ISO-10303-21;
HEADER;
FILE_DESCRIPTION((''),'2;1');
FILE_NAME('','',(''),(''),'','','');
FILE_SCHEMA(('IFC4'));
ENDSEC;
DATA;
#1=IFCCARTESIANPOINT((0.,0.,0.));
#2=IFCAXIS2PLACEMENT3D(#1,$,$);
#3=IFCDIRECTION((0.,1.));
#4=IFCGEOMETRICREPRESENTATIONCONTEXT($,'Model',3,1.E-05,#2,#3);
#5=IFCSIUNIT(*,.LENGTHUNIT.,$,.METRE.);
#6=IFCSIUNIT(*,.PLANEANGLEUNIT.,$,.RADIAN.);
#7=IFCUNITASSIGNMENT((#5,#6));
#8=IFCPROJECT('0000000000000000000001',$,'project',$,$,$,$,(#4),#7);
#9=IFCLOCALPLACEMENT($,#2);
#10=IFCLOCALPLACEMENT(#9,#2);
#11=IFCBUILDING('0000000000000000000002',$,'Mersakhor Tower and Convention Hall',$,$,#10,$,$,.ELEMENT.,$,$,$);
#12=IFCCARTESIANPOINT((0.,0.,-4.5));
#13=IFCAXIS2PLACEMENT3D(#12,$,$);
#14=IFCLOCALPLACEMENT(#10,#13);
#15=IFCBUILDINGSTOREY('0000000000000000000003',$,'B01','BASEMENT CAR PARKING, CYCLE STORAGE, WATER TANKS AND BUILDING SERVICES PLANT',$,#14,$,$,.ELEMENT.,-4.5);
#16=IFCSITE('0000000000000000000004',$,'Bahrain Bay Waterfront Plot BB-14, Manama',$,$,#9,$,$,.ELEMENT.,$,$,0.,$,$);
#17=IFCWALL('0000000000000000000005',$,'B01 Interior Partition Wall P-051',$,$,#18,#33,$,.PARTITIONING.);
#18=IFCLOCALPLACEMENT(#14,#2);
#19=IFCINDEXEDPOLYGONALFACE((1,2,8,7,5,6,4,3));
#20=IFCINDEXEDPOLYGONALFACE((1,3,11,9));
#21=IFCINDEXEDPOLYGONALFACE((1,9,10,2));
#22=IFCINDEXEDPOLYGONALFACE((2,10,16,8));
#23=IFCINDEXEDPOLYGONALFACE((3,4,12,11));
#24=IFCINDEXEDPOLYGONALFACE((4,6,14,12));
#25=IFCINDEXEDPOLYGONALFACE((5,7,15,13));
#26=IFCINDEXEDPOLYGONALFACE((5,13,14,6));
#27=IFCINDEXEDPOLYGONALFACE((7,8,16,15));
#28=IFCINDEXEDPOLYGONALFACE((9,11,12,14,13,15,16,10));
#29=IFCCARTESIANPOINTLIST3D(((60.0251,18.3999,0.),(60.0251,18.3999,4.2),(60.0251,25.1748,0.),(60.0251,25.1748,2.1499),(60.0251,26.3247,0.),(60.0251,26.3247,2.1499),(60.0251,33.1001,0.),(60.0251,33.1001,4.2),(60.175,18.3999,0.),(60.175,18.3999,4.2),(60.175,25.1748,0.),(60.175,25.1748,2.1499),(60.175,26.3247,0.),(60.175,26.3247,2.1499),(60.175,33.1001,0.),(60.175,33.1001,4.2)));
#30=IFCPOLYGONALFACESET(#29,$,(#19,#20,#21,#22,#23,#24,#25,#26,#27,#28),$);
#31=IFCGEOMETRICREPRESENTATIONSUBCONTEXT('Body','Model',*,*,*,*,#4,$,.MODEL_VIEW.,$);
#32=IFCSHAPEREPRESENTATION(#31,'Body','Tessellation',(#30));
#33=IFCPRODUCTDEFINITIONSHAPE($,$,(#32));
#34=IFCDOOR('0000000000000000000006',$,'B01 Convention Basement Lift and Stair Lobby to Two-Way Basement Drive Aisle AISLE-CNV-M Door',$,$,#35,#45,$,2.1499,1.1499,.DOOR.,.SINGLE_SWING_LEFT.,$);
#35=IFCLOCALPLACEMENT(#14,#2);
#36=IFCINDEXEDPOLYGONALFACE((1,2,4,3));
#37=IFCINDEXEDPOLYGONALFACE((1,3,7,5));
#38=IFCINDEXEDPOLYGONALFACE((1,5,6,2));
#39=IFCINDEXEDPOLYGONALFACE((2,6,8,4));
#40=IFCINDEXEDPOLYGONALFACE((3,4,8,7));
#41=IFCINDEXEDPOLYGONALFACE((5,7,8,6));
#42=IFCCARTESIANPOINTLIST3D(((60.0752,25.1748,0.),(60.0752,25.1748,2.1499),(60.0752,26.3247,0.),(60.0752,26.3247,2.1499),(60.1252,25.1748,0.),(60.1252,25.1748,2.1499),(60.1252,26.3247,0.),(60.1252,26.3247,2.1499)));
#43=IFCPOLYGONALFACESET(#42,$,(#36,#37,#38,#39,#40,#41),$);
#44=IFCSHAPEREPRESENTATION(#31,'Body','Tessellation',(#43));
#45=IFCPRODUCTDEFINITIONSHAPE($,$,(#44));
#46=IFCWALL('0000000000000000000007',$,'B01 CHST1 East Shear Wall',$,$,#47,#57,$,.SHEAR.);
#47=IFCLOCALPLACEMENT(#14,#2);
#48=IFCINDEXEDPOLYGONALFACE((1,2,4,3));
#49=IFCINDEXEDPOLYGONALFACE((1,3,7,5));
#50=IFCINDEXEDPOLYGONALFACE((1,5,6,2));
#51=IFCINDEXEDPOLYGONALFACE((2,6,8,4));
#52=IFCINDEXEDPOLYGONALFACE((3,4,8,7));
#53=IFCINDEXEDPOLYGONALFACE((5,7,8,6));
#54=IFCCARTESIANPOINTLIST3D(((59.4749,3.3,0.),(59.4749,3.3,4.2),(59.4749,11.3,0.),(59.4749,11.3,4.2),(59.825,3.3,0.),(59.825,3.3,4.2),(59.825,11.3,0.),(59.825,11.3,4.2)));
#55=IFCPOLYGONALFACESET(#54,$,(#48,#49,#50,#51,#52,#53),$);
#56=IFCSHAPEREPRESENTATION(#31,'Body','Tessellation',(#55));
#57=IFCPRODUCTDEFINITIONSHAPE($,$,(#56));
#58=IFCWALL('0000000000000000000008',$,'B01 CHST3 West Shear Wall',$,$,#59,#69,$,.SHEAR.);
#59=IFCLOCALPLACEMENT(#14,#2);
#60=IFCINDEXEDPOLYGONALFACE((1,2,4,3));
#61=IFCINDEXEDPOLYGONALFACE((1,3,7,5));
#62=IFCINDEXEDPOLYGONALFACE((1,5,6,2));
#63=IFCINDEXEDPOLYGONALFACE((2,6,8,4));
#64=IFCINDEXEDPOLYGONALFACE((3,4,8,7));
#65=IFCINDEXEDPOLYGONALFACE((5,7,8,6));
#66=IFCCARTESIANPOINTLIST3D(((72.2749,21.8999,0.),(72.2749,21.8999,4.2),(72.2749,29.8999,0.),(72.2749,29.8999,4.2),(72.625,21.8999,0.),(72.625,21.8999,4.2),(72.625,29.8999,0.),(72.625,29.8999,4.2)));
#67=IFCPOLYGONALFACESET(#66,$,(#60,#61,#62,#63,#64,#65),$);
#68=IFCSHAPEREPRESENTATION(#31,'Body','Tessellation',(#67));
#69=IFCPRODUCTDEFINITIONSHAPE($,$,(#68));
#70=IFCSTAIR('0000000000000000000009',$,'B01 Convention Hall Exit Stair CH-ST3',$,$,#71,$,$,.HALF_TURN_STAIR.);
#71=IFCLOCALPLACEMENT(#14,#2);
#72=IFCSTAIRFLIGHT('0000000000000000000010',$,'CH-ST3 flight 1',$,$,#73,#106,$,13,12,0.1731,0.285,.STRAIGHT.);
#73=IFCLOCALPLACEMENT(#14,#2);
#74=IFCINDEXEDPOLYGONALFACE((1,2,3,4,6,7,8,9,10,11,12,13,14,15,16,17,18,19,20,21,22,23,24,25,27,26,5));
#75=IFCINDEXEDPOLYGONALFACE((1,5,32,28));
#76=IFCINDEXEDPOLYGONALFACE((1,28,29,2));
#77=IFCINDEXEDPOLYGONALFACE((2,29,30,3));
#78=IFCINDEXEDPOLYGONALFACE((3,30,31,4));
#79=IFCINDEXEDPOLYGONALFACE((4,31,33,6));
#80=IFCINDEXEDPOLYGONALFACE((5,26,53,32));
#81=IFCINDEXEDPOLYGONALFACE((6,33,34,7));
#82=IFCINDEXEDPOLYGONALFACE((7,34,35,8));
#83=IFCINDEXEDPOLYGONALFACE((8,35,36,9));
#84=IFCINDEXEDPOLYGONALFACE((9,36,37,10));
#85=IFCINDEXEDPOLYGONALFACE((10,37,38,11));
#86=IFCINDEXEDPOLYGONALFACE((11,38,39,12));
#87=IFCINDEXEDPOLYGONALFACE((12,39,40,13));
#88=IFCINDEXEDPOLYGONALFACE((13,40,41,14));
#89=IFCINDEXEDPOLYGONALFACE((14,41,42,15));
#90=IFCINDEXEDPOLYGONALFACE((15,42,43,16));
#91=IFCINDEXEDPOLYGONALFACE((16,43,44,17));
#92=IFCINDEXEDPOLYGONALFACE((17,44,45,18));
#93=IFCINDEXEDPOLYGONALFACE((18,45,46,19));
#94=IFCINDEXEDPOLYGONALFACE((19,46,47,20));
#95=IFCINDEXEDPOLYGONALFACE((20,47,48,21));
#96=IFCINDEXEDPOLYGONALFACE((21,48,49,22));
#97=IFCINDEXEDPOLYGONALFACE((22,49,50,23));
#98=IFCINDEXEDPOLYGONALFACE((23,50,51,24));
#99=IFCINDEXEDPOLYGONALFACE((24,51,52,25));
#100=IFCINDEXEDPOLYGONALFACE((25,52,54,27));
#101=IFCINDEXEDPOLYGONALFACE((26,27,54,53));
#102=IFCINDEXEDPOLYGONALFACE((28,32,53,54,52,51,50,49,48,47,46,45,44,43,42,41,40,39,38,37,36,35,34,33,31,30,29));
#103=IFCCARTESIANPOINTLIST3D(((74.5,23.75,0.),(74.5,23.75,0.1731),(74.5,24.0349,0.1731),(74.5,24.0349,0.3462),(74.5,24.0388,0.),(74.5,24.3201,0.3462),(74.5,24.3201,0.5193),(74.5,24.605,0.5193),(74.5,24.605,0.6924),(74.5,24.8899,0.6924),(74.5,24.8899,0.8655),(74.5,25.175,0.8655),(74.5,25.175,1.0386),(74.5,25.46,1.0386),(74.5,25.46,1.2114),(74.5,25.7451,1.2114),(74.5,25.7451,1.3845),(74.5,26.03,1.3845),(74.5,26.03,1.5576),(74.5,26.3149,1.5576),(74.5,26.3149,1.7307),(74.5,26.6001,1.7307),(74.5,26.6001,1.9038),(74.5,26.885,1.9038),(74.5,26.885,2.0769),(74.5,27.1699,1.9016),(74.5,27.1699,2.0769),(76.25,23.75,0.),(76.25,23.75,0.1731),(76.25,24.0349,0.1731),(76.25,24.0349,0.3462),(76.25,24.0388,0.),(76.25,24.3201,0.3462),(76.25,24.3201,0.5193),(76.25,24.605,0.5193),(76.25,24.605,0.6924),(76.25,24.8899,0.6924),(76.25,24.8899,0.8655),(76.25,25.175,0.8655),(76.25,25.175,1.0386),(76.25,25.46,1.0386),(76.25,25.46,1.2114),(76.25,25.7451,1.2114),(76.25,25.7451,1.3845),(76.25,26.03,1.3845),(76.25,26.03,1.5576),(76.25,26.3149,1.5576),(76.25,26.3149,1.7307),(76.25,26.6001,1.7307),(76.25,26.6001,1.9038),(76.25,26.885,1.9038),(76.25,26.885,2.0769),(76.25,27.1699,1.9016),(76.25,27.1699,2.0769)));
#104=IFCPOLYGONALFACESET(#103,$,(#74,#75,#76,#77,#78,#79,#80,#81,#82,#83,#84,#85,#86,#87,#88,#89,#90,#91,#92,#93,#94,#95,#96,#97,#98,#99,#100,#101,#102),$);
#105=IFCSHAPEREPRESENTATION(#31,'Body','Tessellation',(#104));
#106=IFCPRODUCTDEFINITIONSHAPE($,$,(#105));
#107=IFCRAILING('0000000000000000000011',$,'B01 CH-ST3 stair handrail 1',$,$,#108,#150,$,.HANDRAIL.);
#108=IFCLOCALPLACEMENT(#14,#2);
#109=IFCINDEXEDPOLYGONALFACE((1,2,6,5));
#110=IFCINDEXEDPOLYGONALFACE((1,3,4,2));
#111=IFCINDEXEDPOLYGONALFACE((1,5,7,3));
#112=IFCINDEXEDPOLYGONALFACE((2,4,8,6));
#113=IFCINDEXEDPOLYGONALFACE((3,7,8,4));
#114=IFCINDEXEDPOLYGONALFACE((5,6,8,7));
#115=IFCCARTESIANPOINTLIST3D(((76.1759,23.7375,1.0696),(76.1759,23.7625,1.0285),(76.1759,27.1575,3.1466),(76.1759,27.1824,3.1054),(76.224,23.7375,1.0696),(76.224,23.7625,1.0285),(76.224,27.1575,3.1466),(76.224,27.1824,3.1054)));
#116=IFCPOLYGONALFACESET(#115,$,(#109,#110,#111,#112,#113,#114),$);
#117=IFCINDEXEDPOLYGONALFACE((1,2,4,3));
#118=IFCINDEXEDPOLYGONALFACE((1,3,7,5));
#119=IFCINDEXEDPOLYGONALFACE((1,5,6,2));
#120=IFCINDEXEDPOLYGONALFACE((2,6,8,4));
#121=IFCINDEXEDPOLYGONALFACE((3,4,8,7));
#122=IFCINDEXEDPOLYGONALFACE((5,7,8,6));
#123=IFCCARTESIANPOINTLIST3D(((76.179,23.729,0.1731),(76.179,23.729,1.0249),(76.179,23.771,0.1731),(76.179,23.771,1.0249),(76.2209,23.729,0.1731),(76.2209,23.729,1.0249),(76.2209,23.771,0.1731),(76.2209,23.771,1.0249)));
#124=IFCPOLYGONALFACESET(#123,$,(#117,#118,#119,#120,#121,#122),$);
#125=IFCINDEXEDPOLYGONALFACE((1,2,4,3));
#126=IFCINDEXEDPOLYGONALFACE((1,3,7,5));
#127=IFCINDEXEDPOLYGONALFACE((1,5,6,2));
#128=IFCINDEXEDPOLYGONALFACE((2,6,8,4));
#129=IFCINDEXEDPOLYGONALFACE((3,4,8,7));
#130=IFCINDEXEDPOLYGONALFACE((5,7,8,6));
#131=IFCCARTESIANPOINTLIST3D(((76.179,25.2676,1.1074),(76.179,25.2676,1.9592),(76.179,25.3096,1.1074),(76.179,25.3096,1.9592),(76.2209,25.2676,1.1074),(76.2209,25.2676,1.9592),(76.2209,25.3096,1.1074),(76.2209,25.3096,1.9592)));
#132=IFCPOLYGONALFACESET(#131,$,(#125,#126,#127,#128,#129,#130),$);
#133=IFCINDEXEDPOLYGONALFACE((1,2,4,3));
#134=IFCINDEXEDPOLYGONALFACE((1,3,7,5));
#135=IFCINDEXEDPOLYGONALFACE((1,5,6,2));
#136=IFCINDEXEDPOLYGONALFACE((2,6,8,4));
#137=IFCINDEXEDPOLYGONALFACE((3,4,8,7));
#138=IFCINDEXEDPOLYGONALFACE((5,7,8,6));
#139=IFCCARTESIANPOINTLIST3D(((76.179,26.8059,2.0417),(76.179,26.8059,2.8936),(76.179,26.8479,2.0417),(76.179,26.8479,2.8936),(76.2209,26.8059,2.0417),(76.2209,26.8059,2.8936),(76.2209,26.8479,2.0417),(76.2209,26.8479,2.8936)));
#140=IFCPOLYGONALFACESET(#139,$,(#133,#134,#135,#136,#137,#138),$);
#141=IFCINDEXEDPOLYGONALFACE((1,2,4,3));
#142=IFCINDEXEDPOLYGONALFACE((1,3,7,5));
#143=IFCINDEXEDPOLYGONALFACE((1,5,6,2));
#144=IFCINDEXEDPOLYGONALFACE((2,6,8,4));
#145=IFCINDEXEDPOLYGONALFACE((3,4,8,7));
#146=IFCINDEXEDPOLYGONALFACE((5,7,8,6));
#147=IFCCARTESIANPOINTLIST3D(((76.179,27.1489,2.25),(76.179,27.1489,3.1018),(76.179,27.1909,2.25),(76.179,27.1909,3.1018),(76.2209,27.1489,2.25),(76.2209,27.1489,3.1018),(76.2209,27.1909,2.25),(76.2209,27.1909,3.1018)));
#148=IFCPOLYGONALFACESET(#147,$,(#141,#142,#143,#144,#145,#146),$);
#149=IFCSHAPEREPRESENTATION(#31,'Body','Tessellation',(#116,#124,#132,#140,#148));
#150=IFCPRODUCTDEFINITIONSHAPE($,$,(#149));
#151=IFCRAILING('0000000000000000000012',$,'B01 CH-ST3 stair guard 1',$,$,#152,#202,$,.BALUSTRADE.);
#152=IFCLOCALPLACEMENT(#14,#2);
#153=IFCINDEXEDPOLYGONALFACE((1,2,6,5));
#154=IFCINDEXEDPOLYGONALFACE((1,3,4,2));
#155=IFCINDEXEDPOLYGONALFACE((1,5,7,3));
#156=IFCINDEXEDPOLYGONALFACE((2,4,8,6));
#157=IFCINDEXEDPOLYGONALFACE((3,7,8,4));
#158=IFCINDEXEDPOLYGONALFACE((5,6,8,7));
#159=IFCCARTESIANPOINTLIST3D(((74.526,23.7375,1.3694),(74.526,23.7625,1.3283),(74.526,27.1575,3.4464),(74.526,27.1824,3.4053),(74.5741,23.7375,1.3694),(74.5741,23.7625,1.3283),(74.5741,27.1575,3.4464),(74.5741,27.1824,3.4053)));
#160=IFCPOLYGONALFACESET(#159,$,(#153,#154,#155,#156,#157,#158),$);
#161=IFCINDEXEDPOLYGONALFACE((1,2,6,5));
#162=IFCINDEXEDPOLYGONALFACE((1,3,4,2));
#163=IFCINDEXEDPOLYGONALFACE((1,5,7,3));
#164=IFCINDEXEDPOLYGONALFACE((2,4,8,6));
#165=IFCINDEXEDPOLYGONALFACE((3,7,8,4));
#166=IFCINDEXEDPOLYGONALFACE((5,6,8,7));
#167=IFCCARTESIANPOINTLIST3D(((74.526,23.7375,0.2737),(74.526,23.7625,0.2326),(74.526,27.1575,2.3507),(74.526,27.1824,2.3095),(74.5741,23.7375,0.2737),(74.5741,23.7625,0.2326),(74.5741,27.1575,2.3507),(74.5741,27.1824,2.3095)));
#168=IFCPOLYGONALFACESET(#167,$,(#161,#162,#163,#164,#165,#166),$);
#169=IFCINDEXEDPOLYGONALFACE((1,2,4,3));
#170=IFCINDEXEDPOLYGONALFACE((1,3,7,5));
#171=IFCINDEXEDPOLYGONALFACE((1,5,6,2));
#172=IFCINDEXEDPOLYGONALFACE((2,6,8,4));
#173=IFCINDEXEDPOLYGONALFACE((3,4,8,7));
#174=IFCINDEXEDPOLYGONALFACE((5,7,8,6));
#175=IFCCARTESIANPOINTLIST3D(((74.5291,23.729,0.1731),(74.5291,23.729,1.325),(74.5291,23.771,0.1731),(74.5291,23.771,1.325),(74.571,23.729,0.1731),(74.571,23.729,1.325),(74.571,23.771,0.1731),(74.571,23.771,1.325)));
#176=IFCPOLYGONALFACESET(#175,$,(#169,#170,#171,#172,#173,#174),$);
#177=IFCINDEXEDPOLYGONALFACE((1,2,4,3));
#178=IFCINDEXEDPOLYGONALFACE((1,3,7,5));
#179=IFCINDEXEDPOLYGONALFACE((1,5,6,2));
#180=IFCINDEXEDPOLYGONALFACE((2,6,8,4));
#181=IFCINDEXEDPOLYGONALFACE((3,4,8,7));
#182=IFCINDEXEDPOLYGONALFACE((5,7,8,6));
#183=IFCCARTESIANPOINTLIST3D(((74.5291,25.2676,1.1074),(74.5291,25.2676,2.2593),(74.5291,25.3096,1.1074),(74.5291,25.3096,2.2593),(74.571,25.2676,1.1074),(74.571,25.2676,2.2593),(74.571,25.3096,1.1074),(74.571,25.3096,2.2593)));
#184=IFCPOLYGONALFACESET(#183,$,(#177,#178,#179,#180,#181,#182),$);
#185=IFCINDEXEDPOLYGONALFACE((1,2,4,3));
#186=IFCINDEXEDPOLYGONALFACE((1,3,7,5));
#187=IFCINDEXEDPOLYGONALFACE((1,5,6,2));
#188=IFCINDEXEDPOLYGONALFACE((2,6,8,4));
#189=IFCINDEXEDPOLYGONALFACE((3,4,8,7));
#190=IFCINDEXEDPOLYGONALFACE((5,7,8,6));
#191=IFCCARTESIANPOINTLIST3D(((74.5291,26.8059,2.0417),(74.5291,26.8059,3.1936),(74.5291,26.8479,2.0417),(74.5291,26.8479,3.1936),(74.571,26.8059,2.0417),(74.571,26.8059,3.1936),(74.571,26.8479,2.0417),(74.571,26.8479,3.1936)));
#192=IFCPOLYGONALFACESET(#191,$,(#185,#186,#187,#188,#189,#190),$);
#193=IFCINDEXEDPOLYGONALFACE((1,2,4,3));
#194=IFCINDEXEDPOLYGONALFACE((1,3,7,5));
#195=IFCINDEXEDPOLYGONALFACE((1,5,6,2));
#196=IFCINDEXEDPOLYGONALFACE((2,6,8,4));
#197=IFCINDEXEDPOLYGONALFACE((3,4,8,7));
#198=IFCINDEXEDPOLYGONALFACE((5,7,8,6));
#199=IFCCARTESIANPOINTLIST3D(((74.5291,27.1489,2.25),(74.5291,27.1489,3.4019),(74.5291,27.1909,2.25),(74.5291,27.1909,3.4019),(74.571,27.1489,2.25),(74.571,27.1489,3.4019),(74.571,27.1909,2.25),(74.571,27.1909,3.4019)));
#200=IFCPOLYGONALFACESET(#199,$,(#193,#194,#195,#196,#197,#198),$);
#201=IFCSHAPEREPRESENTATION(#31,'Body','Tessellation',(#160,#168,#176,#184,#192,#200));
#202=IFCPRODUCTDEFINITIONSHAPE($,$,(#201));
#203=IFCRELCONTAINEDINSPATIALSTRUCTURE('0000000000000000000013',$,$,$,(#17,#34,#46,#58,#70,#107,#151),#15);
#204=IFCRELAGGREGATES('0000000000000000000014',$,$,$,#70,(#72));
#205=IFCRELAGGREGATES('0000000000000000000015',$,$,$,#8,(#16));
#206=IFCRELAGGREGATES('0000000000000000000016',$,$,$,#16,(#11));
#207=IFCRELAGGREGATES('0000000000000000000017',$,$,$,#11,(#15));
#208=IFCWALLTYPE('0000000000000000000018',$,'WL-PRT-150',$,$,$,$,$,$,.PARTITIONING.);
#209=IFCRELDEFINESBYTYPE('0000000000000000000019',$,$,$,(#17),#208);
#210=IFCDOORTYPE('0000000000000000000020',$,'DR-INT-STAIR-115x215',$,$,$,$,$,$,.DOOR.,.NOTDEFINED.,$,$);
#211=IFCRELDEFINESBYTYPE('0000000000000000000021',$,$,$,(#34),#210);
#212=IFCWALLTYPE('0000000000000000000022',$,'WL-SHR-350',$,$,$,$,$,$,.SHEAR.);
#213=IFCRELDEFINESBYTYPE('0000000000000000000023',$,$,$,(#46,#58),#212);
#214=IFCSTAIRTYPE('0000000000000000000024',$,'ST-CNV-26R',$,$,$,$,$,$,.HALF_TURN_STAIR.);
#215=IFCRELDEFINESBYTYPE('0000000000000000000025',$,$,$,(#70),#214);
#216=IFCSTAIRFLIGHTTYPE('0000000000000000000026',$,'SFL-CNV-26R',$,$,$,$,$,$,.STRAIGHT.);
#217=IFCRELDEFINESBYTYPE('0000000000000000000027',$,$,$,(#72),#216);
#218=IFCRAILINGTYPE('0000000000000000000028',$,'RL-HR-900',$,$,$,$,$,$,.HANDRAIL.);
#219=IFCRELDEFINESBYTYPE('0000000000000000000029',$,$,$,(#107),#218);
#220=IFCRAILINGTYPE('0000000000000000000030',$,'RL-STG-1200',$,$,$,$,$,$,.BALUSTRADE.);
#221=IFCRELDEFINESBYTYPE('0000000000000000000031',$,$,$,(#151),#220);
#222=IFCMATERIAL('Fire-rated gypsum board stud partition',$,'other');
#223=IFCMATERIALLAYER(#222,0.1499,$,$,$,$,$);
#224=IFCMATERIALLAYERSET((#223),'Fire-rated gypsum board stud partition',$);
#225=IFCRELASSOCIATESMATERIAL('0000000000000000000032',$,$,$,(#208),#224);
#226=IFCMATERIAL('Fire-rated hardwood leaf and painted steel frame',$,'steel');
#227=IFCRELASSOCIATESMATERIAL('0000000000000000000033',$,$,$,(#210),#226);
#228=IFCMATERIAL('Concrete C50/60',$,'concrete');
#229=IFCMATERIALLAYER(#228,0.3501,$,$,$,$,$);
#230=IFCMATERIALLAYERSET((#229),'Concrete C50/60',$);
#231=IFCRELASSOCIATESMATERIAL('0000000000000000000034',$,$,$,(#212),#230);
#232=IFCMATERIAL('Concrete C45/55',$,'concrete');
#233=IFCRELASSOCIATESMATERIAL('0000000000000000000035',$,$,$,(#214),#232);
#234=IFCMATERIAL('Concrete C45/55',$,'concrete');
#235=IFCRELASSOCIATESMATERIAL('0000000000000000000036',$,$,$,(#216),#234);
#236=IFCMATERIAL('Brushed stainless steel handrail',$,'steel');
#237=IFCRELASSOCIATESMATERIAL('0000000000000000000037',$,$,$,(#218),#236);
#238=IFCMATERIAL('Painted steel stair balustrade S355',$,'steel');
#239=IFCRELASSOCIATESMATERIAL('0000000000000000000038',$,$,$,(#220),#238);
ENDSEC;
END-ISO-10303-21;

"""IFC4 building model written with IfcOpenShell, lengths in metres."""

from ifc_helpers import new_model, si_unit, direction, frame, frame_2d, origin, origin_2d, place, context, subcontext, project, spatial, polyline, rectangle, outline, extrude, material, layer, layer_set, type_object, element, fill, aggregate, save


model = new_model("IFC4")

# Units and contexts
model_context = context("Model", 3, precision=1e-05, world=origin(), true_north=direction((0.0, 1.0)))
body_context = subcontext(model_context, "Body", "Model", "MODEL_VIEW")
ifc_project = project(units=[si_unit("LENGTHUNIT", "METRE"), si_unit("PLANEANGLEUNIT", "RADIAN")], contexts=[model_context])

# Site, building, storey
site_placement = place(None, origin())
site = spatial("IfcSite", under=ifc_project, at=site_placement, Name="Bahrain Bay Waterfront Plot BB-14, Manama", CompositionType="ELEMENT", RefElevation=0.0)
building_placement = place(site_placement, origin())
building = spatial("IfcBuilding", under=site, at=building_placement, Name="Mersakhor Tower and Convention Hall", CompositionType="ELEMENT")
storey_placement = place(building_placement, frame((0.0, 0.0, -4.5)))
storey = spatial("IfcBuildingStorey", under=building, at=storey_placement, Name="B01", Description="BASEMENT CAR PARKING, CYCLE STORAGE, WATER TANKS AND BUILDING SERVICES PLANT", CompositionType="ELEMENT", Elevation=-4.5)

# Shared definitions
ifc_material_1 = material(Name="Fire-rated gypsum board stud partition", Category="other")
ifc_layer_1 = layer(ifc_material_1, 0.1499)
ifc_layer_set_1 = layer_set([ifc_layer_1], Name="Fire-rated gypsum board stud partition")
wall_type_1 = type_object("IfcWallType", Name="WL-PRT-150", PredefinedType="PARTITIONING", material=ifc_layer_set_1)
ifc_material_2 = material(Name="Fire-rated hardwood leaf and painted steel frame", Category="steel")
door_type = type_object("IfcDoorType", Name="DR-INT-STAIR-115x215", OperationType="NOTDEFINED", PredefinedType="DOOR", material=ifc_material_2)

# Wall, opening, door
wall_1_placement = place(storey_placement, frame((60.1001, 18.3999, 0.0), z_axis=(0.0, 0.0, 1.0), x_axis=(0.0, 1.0, 0.0)))
wall_1 = element("IfcWall", 1, at=wall_1_placement, inside=storey, type_object=wall_type_1, Name="B01 Interior Partition Wall P-051", PredefinedType="PARTITIONING", context=body_context, shape_type="SweptSolid", body=[
    extrude(rectangle(XDim=14.7002, YDim=0.1499, at=frame_2d((7.3501, 0.0))), origin(), (0.0, 0.0, 1.0), 4.2),
])
opening_1_placement = place(wall_1_placement, frame((6.7749, 0.0, 0.0)))
opening_1 = element("IfcOpeningElement", 2, at=opening_1_placement, cuts=wall_1, PredefinedType="OPENING", context=body_context, shape_type="SweptSolid", body=[
    extrude(rectangle(XDim=1.1499, YDim=2.1499, at=frame_2d((0.575, 1.075))), frame((0.0, 0.085, 0.0), z_axis=(0.0, -1.0, 0.0), x_axis=(1.0, 0.0, 0.0)), (0.0, 0.0, 1.0), 0.1699),
])
door_1_placement = place(opening_1_placement, origin())
door_1 = element("IfcDoor", 3, at=door_1_placement, inside=storey, type_object=door_type, Name="B01 Convention Basement Lift and Stair Lobby to Two-Way Basement Drive Aisle AISLE-CNV-M Door", OperationType="SINGLE_SWING_LEFT", OverallHeight=2.1499, OverallWidth=1.1499, PredefinedType="DOOR", context=body_context, shape_type="SweptSolid", body=[
    extrude(rectangle(XDim=1.1499, YDim=2.1499, at=frame_2d((0.575, 1.075))), frame((0.0, 0.0249, 0.0), z_axis=(0.0, -1.0, 0.0), x_axis=(1.0, 0.0, 0.0)), (0.0, 0.0, 1.0), 0.05),
])
fill(opening_1, door_1)

# Walls
ifc_material_3 = material(Name="Concrete C50/60", Category="concrete")
ifc_layer_2 = layer(ifc_material_3, 0.3501)
ifc_layer_set_2 = layer_set([ifc_layer_2], Name="Concrete C50/60")
wall_type_2 = type_object("IfcWallType", Name="WL-SHR-350", PredefinedType="SHEAR", material=ifc_layer_set_2)
for number, where, z_axis, x_axis, name in (
    (4, (59.6499, 11.3, 0.0), (0.0, 0.0, 1.0), (0.0, -1.0, 0.0), "B01 CHST1 East Shear Wall"),
    (5, (72.45, 21.8999, 0.0), (0.0, 0.0, 1.0), (0.0, 1.0, 0.0), "B01 CHST3 West Shear Wall"),
):
    element("IfcWall", number, at=place(storey_placement, frame(where, z_axis=z_axis, x_axis=x_axis)), inside=storey, type_object=wall_type_2, Name=name, PredefinedType="SHEAR", context=body_context, shape_type="SweptSolid", body=[
        extrude(rectangle(XDim=8.0, YDim=0.3501, at=frame_2d((4.0, 0.0))), origin(), (0.0, 0.0, 1.0), 4.2),
    ])

# Stair, stair flight
ifc_material_4 = material(Name="Concrete C45/55", Category="concrete")
stair_type = type_object("IfcStairType", Name="ST-CNV-26R", PredefinedType="HALF_TURN_STAIR", material=ifc_material_4)
stair_placement = place(storey_placement, origin())
stair = element("IfcStair", 6, at=stair_placement, inside=storey, type_object=stair_type, Name="B01 Convention Hall Exit Stair CH-ST3", PredefinedType="HALF_TURN_STAIR")
ifc_material_5 = material(Name="Concrete C45/55", Category="concrete")
stair_flight_type = type_object("IfcStairFlightType", Name="SFL-CNV-26R", PredefinedType="STRAIGHT", material=ifc_material_5)
stair_flight_placement = place(storey_placement, frame((75.375, 23.75, 0.0), z_axis=(0.0, 0.0, 1.0), x_axis=(0.0, 1.0, 0.0)))
stair_flight = element("IfcStairFlight", 7, at=stair_flight_placement, type_object=stair_flight_type, Name="CH-ST3 flight 1", NumberOfRisers=13, NumberOfTreads=12, PredefinedType="STRAIGHT", RiserHeight=0.1731, TreadLength=0.285, context=body_context, shape_type="SweptSolid", body=[
    extrude(outline(polyline([(0.0, 0.0), (0.0, 0.1731), (0.2849, 0.1731), (0.2849, 0.3462), (0.5701, 0.3462), (0.5701, 0.5193), (0.855, 0.5193), (0.855, 0.6924), (1.1399, 0.6924), (1.1399, 0.8655), (1.425, 0.8655), (1.425, 1.0386), (1.71, 1.0386), (1.71, 1.2114), (1.9951, 1.2114), (1.9951, 1.3845), (2.28, 1.3845), (2.28, 1.5576), (2.5649, 1.5576), (2.5649, 1.7307), (2.8501, 1.7307), (2.8501, 1.9038), (3.135, 1.9038), (3.135, 2.0769), (3.4199, 2.0769), (3.4199, 2.25), (3.4199, 1.9016), (0.2888, 0.0), (0.0, 0.0)])), frame((0.0, 0.875, 0.0), z_axis=(0.0, -1.0, 0.0), x_axis=(1.0, 0.0, 0.0)), (0.0, 0.0, 1.0), 1.75),
])
aggregate(stair, [stair_flight])

# Railings
ifc_material_6 = material(Name="Brushed stainless steel handrail", Category="steel")
railing_type_1 = type_object("IfcRailingType", Name="RL-HR-900", PredefinedType="HANDRAIL", material=ifc_material_6)
railing_1_placement = place(storey_placement, frame((76.2, 23.75, 0.1731)))
element("IfcRailing", 8, at=railing_1_placement, inside=storey, type_object=railing_type_1, Name="B01 CH-ST3 stair handrail 1", PredefinedType="HANDRAIL", context=body_context, shape_type="SweptSolid", body=[
    extrude(rectangle(XDim=0.0481, YDim=0.0481, at=origin_2d()), frame((0.0, 0.0, 0.876), z_axis=(0.0, 0.85473, 0.519074), x_axis=(-1.0, 0.0, 0.0)), (0.0, 0.0, 1.0), 4.0012),
    extrude(rectangle(XDim=0.042, YDim=0.042, at=origin_2d()), origin(), (0.0, 0.0, 1.0), 0.8518),
    extrude(rectangle(XDim=0.042, YDim=0.042, at=origin_2d()), frame((0.0, 1.5386, 0.9343)), (0.0, 0.0, 1.0), 0.8518),
    extrude(rectangle(XDim=0.042, YDim=0.042, at=origin_2d()), frame((0.0, 3.0769, 1.8687)), (0.0, 0.0, 1.0), 0.8518),
    extrude(rectangle(XDim=0.042, YDim=0.042, at=origin_2d()), frame((0.0, 3.4199, 2.0769)), (0.0, 0.0, 1.0), 0.8518),
])
ifc_material_7 = material(Name="Painted steel stair balustrade S355", Category="steel")
railing_type_2 = type_object("IfcRailingType", Name="RL-STG-1200", PredefinedType="BALUSTRADE", material=ifc_material_7)
railing_2_placement = place(storey_placement, frame((74.55, 23.75, 0.1731)))
element("IfcRailing", 9, at=railing_2_placement, inside=storey, type_object=railing_type_2, Name="B01 CH-ST3 stair guard 1", PredefinedType="BALUSTRADE", context=body_context, shape_type="SweptSolid", body=[
    extrude(rectangle(XDim=0.0481, YDim=0.0481, at=origin_2d()), frame((0.0, 0.0, 1.1758), z_axis=(0.0, 0.85473, 0.519074), x_axis=(-1.0, 0.0, 0.0)), (0.0, 0.0, 1.0), 4.0012),
    extrude(rectangle(XDim=0.0481, YDim=0.0481, at=origin_2d()), frame((0.0, 0.0, 0.0801), z_axis=(0.0, 0.85473, 0.519074), x_axis=(-1.0, 0.0, 0.0)), (0.0, 0.0, 1.0), 4.0012),
    extrude(rectangle(XDim=0.042, YDim=0.042, at=origin_2d()), origin(), (0.0, 0.0, 1.0), 1.1519),
    extrude(rectangle(XDim=0.042, YDim=0.042, at=origin_2d()), frame((0.0, 1.5386, 0.9343)), (0.0, 0.0, 1.0), 1.1519),
    extrude(rectangle(XDim=0.042, YDim=0.042, at=origin_2d()), frame((0.0, 3.0769, 1.8687)), (0.0, 0.0, 1.0), 1.1519),
    extrude(rectangle(XDim=0.042, YDim=0.042, at=origin_2d()), frame((0.0, 3.4199, 2.0769)), (0.0, 0.0, 1.0), 1.1519),
])

save(model, "model.ifc")
